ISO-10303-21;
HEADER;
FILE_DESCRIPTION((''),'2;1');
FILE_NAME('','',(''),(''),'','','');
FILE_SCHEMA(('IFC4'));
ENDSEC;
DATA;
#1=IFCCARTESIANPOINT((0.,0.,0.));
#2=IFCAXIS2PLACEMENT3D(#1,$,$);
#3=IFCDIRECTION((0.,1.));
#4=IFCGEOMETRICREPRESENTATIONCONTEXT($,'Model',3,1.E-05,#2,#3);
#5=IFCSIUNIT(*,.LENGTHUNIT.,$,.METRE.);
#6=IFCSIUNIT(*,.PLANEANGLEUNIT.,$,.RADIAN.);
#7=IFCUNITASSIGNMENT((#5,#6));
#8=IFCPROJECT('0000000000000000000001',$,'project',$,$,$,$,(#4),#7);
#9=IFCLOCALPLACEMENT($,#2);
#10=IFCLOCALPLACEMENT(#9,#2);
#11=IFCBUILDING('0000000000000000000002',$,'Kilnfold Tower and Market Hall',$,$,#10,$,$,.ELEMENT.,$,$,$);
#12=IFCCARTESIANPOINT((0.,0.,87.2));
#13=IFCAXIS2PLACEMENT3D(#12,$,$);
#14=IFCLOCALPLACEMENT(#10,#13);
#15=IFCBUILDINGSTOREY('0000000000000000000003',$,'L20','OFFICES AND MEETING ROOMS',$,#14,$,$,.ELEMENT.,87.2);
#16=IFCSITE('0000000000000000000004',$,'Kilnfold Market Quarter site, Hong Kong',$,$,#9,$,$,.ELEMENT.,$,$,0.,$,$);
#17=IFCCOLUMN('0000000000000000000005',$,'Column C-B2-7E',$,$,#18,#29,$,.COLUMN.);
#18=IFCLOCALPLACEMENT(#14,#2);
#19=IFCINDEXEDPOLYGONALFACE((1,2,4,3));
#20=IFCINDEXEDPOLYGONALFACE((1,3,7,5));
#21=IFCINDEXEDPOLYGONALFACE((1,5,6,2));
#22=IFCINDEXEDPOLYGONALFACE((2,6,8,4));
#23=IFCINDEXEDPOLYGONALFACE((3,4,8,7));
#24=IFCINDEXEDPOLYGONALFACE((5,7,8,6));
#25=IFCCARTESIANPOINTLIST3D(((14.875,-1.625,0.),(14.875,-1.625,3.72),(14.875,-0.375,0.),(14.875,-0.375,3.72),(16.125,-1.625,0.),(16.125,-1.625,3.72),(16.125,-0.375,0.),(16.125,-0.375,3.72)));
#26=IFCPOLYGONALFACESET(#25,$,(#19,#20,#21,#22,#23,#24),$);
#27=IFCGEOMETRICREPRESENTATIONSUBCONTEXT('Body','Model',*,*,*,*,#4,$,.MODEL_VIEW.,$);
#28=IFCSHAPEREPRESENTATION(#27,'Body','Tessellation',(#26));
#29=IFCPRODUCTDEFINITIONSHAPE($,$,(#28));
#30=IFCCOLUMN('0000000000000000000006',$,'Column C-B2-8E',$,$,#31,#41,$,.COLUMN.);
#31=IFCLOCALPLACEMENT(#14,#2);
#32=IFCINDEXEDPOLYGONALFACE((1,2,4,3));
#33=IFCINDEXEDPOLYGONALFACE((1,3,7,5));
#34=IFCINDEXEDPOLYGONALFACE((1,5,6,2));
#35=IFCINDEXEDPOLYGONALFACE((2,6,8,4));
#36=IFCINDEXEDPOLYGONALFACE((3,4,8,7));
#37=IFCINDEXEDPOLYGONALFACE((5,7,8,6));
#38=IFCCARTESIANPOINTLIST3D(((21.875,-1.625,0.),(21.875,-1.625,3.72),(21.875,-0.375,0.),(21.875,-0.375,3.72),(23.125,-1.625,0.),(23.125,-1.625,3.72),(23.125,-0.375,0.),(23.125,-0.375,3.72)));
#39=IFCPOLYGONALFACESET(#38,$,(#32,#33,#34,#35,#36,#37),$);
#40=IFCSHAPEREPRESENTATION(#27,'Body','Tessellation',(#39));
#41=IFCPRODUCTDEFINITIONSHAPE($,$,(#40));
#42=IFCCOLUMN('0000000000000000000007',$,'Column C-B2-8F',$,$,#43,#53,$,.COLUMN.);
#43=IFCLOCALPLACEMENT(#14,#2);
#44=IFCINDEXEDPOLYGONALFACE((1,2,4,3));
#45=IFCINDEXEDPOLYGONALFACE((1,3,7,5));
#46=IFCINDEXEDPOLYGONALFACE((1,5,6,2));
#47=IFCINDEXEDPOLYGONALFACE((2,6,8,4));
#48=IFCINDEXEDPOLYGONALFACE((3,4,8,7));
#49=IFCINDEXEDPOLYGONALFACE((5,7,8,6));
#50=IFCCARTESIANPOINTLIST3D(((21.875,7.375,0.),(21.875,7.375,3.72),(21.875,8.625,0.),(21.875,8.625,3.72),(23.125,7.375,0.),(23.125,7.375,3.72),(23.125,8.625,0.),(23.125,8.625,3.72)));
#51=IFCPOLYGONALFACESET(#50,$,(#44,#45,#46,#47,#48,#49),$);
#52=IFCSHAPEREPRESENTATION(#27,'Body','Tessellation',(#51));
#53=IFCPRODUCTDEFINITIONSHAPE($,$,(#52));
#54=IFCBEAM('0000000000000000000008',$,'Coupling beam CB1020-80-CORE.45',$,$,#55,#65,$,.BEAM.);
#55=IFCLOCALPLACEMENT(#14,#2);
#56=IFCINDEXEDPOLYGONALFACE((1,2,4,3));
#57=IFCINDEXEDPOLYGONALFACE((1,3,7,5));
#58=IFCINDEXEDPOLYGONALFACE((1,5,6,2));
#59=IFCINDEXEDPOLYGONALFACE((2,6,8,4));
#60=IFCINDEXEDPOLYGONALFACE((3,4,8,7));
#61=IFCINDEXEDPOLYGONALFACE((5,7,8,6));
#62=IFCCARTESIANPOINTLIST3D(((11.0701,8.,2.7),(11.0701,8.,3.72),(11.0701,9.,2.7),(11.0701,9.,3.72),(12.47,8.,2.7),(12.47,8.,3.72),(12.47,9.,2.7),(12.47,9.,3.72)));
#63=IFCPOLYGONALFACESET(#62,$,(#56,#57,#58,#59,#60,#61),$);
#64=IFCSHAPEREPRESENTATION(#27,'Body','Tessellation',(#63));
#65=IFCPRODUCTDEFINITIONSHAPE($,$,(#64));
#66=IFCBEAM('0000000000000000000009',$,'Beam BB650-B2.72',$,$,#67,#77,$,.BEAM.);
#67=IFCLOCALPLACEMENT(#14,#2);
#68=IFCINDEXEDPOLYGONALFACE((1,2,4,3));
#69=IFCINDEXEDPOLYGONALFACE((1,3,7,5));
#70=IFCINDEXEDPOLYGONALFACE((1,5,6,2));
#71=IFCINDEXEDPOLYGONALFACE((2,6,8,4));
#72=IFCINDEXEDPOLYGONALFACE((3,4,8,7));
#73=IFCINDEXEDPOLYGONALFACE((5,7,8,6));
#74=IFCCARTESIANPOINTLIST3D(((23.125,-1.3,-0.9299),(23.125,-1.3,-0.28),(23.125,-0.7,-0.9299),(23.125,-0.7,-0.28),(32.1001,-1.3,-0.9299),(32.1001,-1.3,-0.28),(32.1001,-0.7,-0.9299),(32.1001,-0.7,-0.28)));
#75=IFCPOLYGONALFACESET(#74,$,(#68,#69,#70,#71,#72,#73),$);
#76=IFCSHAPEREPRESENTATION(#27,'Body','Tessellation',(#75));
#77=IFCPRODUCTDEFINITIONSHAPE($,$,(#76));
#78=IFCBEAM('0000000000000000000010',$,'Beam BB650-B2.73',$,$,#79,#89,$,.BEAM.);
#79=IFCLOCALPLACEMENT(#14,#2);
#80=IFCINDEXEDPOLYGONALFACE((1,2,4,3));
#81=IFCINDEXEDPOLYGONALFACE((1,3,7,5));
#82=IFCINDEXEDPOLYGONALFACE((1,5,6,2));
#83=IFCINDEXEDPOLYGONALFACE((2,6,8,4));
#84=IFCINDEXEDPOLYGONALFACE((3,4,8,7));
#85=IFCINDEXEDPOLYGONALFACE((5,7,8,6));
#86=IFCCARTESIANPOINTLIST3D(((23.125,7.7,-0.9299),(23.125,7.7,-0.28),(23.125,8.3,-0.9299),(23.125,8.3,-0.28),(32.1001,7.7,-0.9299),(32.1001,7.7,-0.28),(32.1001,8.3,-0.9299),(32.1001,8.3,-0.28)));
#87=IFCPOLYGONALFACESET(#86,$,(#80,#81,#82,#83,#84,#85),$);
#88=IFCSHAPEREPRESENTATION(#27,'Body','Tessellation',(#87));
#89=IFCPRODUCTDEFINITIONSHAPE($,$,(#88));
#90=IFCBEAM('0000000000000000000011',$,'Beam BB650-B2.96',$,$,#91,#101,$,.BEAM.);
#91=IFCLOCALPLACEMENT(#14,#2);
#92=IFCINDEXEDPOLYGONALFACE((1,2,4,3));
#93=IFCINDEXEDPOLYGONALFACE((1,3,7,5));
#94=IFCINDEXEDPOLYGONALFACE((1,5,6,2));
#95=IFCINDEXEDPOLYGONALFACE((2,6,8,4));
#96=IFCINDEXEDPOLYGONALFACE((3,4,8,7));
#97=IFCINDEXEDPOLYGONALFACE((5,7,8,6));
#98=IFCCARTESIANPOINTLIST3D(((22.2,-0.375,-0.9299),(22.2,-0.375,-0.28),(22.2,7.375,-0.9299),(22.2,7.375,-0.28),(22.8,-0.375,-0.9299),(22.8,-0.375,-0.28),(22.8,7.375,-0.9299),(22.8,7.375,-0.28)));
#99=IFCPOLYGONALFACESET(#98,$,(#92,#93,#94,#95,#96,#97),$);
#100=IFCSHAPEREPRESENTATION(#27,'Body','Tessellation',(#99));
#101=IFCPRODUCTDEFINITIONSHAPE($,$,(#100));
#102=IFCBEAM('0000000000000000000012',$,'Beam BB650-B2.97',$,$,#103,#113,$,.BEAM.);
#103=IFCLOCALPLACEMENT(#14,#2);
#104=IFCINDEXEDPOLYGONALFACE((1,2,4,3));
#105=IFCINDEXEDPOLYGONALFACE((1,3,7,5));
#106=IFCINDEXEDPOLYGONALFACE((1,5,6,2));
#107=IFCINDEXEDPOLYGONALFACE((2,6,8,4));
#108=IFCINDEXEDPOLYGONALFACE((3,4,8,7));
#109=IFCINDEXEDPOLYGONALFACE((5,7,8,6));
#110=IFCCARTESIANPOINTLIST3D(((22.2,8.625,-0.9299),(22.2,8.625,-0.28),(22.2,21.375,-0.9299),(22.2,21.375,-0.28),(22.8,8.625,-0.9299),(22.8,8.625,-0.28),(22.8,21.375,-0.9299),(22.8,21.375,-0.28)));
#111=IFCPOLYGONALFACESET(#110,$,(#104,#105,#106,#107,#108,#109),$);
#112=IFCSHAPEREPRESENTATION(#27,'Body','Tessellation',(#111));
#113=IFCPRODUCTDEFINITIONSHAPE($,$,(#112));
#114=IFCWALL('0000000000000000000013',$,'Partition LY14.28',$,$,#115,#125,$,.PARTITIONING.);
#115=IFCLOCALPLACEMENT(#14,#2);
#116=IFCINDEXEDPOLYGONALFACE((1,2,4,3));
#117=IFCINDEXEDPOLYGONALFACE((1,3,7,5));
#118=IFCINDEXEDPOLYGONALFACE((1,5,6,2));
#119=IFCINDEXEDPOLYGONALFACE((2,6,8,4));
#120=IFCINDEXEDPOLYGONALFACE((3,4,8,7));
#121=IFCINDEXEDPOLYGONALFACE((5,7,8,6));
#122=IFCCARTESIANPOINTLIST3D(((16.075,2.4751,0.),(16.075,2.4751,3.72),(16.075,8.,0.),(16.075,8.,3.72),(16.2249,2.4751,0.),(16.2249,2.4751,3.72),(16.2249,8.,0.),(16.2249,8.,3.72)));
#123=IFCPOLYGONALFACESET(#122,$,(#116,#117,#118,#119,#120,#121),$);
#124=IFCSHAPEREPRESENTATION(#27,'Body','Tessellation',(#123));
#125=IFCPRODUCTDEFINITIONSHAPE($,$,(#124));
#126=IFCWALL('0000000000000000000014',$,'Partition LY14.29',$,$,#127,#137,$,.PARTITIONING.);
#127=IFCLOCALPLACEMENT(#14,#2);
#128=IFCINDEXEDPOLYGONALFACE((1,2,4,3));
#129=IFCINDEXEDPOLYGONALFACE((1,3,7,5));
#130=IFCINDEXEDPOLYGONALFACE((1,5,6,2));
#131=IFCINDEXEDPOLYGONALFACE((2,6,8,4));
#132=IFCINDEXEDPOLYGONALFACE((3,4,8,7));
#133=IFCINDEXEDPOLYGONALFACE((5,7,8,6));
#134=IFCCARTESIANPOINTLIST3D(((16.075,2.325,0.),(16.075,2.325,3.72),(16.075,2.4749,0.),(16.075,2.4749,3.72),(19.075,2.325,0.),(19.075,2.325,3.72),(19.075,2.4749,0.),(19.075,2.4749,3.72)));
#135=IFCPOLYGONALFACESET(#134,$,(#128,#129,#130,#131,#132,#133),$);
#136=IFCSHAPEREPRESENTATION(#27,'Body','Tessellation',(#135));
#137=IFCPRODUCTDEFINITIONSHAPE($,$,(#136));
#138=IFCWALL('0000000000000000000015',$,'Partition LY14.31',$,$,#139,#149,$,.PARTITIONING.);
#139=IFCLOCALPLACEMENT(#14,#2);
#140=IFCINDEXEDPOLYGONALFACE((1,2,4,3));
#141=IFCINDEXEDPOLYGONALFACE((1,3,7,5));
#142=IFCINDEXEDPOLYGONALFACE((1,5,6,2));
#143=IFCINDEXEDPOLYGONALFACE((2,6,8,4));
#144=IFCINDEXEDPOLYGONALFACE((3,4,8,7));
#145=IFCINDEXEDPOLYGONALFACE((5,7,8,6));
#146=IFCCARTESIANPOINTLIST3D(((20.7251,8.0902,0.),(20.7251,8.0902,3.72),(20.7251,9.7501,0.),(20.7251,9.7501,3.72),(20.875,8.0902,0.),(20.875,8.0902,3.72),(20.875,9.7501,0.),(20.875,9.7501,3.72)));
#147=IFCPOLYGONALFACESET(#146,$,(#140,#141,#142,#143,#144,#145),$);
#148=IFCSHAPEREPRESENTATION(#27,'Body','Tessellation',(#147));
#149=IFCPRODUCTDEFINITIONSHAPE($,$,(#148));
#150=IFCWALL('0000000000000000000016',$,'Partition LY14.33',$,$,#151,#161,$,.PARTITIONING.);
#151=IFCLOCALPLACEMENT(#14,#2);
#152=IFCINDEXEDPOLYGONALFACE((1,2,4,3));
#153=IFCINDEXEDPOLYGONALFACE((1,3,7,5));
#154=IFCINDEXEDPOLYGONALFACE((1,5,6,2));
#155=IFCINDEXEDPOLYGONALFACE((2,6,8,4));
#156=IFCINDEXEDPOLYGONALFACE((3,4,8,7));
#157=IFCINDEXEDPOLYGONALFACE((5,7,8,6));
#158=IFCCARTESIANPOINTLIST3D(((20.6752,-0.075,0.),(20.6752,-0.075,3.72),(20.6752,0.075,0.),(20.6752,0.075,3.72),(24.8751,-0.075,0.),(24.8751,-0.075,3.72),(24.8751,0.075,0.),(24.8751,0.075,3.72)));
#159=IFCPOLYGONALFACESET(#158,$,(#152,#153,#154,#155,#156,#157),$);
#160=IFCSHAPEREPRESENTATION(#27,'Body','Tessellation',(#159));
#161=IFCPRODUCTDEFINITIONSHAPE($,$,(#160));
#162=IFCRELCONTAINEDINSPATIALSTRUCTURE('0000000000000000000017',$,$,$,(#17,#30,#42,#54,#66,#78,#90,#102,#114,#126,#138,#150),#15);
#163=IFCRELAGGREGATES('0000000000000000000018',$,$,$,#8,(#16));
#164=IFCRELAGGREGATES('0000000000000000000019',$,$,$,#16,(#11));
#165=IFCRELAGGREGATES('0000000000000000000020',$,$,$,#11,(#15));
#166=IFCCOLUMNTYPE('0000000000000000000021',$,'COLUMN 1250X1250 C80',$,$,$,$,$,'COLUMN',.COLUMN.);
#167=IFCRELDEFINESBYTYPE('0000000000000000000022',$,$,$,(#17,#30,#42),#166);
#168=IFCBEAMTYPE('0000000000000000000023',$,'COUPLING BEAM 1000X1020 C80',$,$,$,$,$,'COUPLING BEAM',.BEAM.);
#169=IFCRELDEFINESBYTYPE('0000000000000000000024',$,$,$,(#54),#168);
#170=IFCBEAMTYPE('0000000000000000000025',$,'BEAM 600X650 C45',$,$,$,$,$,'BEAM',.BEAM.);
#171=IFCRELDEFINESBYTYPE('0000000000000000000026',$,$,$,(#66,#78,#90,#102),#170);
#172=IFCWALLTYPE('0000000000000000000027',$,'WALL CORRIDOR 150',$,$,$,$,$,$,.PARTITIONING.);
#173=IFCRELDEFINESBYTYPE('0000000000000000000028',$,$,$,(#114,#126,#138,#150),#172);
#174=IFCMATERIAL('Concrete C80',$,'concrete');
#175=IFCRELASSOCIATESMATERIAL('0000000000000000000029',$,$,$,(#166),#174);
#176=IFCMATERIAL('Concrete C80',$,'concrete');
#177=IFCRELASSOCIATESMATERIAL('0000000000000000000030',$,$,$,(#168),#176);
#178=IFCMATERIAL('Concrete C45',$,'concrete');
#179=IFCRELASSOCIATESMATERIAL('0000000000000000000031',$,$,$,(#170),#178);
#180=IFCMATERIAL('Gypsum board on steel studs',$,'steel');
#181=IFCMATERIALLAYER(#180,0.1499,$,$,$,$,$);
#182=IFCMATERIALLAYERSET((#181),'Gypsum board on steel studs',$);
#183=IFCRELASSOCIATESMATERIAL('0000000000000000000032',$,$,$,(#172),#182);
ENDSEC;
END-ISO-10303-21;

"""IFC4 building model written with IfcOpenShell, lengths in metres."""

from ifc_helpers import new_model, si_unit, direction, frame, frame_2d, origin, origin_2d, place, context, subcontext, project, spatial, rectangle, extrude, source, transform, mapped, material, layer, layer_set, material_profile, profile_set, type_object, element, save


model = new_model("IFC4")

# Units and contexts
model_context = context("Model", 3, precision=1e-05, world=origin(), true_north=direction((0.0, 1.0)))
body_context = subcontext(model_context, "Body", "Model", "MODEL_VIEW")
ifc_project = project(units=[si_unit("LENGTHUNIT", "METRE"), si_unit("PLANEANGLEUNIT", "RADIAN")], contexts=[model_context])

# Site, building, storey
site_placement = place(None, origin())
site = spatial("IfcSite", under=ifc_project, at=site_placement, Name="Kilnfold Market Quarter site, Hong Kong", CompositionType="ELEMENT", RefElevation=0.0)
building_placement = place(site_placement, origin())
building = spatial("IfcBuilding", under=site, at=building_placement, Name="Kilnfold Tower and Market Hall", CompositionType="ELEMENT")
storey_placement = place(building_placement, frame((0.0, 0.0, 87.2)))
storey = spatial("IfcBuildingStorey", under=building, at=storey_placement, Name="L20", Description="OFFICES AND MEETING ROOMS", CompositionType="ELEMENT", Elevation=87.2)

# Columns
ifc_material_1 = material(Name="Concrete C80", Category="concrete")
ifc_material_profile_1 = material_profile(ifc_material_1, rectangle(XDim=1.25, YDim=1.25, at=origin_2d()), Name="RC 1250x1250")
ifc_profile_set_1 = profile_set([ifc_material_profile_1], Name="Concrete C80")
column_type = type_object("IfcColumnType", Name="COLUMN 1250X1250 C80", ElementType="COLUMN", PredefinedType="COLUMN", material=ifc_profile_set_1)
shared_shape_1 = source(origin(), body_context, "Body", "SweptSolid", [
    extrude(rectangle(XDim=1.25, YDim=1.25, at=origin_2d()), origin(), (0.0, 0.0, 1.0), 3.72),
])
for number, where, z_axis, x_axis, name in (
    (1, (15.5, -1.0, 0.0), (0.0, 0.0, 1.0), (1.0, 0.0, 0.0), "Column C-B2-7E"),
    (2, (22.5, -1.0, 0.0), (0.0, 0.0, 1.0), (1.0, 0.0, 0.0), "Column C-B2-8E"),
    (3, (22.5, 8.0, 0.0), (0.0, 0.0, 1.0), (1.0, 0.0, 0.0), "Column C-B2-8F"),
):
    element("IfcColumn", number, at=place(storey_placement, frame(where, z_axis=z_axis, x_axis=x_axis)), inside=storey, type_object=column_type, Name=name, PredefinedType="COLUMN", context=body_context, shape_type="MappedRepresentation", body=[
        mapped(shared_shape_1, transform((0.0, 0.0, 0.0))),
    ])

# Beams
ifc_material_2 = material(Name="Concrete C80", Category="concrete")
ifc_material_profile_2 = material_profile(ifc_material_2, rectangle(XDim=1.0, YDim=1.02, at=origin_2d()), Name="RC 1000x1020")
ifc_profile_set_2 = profile_set([ifc_material_profile_2], Name="Concrete C80")
beam_type_1 = type_object("IfcBeamType", Name="COUPLING BEAM 1000X1020 C80", ElementType="COUPLING BEAM", PredefinedType="BEAM", material=ifc_profile_set_2)
shared_shape_2 = source(origin(), body_context, "Body", "SweptSolid", [
    extrude(rectangle(XDim=1.0, YDim=1.02, at=origin_2d()), origin(), (0.0, 0.0, 1.0), 1.3999),
])
beam_1_placement = place(storey_placement, frame((11.0701, 8.5, 3.21), z_axis=(1.0, 0.0, 0.0), x_axis=(0.0, 1.0, 0.0)))
element("IfcBeam", 4, at=beam_1_placement, inside=storey, type_object=beam_type_1, Name="Coupling beam CB1020-80-CORE.45", PredefinedType="BEAM", context=body_context, shape_type="MappedRepresentation", body=[
    mapped(shared_shape_2, transform((0.0, 0.0, 0.0))),
])
ifc_material_3 = material(Name="Concrete C45", Category="concrete")
ifc_material_profile_3 = material_profile(ifc_material_3, rectangle(XDim=0.6001, YDim=0.6499, at=origin_2d()), Name="RC 600x650")
ifc_profile_set_3 = profile_set([ifc_material_profile_3], Name="Concrete C45")
beam_type_2 = type_object("IfcBeamType", Name="BEAM 600X650 C45", ElementType="BEAM", PredefinedType="BEAM", material=ifc_profile_set_3)
shared_shape_3 = source(origin(), body_context, "Body", "SweptSolid", [
    extrude(rectangle(XDim=0.6001, YDim=0.6499, at=origin_2d()), origin(), (0.0, 0.0, 1.0), 8.9751),
])
for number, where, z_axis, x_axis, name in (
    (5, (23.125, -1.0, -0.605), (1.0, 0.0, 0.0), (0.0, 1.0, 0.0), "Beam BB650-B2.72"),
    (6, (23.125, 8.0, -0.605), (1.0, 0.0, 0.0), (0.0, 1.0, 0.0), "Beam BB650-B2.73"),
):
    element("IfcBeam", number, at=place(storey_placement, frame(where, z_axis=z_axis, x_axis=x_axis)), inside=storey, type_object=beam_type_2, Name=name, PredefinedType="BEAM", context=body_context, shape_type="MappedRepresentation", body=[
        mapped(shared_shape_3, transform((0.0, 0.0, 0.0))),
    ])
shared_shape_4 = source(origin(), body_context, "Body", "SweptSolid", [
    extrude(rectangle(XDim=0.6001, YDim=0.6499, at=origin_2d()), origin(), (0.0, 0.0, 1.0), 7.75),
])
beam_2_placement = place(storey_placement, frame((22.5, -0.375, -0.605), z_axis=(0.0, 1.0, 0.0), x_axis=(-1.0, 0.0, 0.0)))
element("IfcBeam", 7, at=beam_2_placement, inside=storey, type_object=beam_type_2, Name="Beam BB650-B2.96", PredefinedType="BEAM", context=body_context, shape_type="MappedRepresentation", body=[
    mapped(shared_shape_4, transform((0.0, 0.0, 0.0))),
])
shared_shape_5 = source(origin(), body_context, "Body", "SweptSolid", [
    extrude(rectangle(XDim=0.6001, YDim=0.6499, at=origin_2d()), origin(), (0.0, 0.0, 1.0), 12.75),
])
beam_3_placement = place(storey_placement, frame((22.5, 8.625, -0.605), z_axis=(0.0, 1.0, 0.0), x_axis=(-1.0, 0.0, 0.0)))
element("IfcBeam", 8, at=beam_3_placement, inside=storey, type_object=beam_type_2, Name="Beam BB650-B2.97", PredefinedType="BEAM", context=body_context, shape_type="MappedRepresentation", body=[
    mapped(shared_shape_5, transform((0.0, 0.0, 0.0))),
])

# Walls
ifc_material_4 = material(Name="Gypsum board on steel studs", Category="steel")
ifc_layer_1 = layer(ifc_material_4, 0.1499)
ifc_layer_set_1 = layer_set([ifc_layer_1], Name="Gypsum board on steel studs")
wall_type_1 = type_object("IfcWallType", Name="WALL CORRIDOR 150", PredefinedType="PARTITIONING", material=ifc_layer_set_1)
wall_1_placement = place(storey_placement, frame((16.1499, 2.4751, 0.0), z_axis=(0.0, 0.0, 1.0), x_axis=(0.0, 1.0, 0.0)))
element("IfcWall", 9, at=wall_1_placement, inside=storey, type_object=wall_type_1, Name="Partition LY14.28", PredefinedType="PARTITIONING", context=body_context, shape_type="SweptSolid", body=[
    extrude(rectangle(XDim=5.5249, YDim=0.1499, at=frame_2d((2.7625, 0.0))), origin(), (0.0, 0.0, 1.0), 3.72),
])
wall_2_placement = place(storey_placement, frame((16.075, 2.3999, 0.0), z_axis=(0.0, 0.0, 1.0), x_axis=(1.0, 0.0, 0.0)))
element("IfcWall", 10, at=wall_2_placement, inside=storey, type_object=wall_type_1, Name="Partition LY14.29", PredefinedType="PARTITIONING", context=body_context, shape_type="SweptSolid", body=[
    extrude(rectangle(XDim=3.0, YDim=0.1499, at=frame_2d((1.5, 0.0))), origin(), (0.0, 0.0, 1.0), 3.72),
])
wall_3_placement = place(storey_placement, frame((20.8, 8.0901, 0.0), z_axis=(0.0, 0.0, 1.0), x_axis=(0.0, 1.0, 0.0)))
element("IfcWall", 11, at=wall_3_placement, inside=storey, type_object=wall_type_1, Name="Partition LY14.31", PredefinedType="PARTITIONING", context=body_context, shape_type="SweptSolid", body=[
    extrude(rectangle(XDim=1.6599, YDim=0.1499, at=frame_2d((0.8301, 0.0))), origin(), (0.0, 0.0, 1.0), 3.72),
])
wall_4_placement = place(storey_placement, frame((20.675, 0.0, 0.0), z_axis=(0.0, 0.0, 1.0), x_axis=(1.0, 0.0, 0.0)))
element("IfcWall", 12, at=wall_4_placement, inside=storey, type_object=wall_type_1, Name="Partition LY14.33", PredefinedType="PARTITIONING", context=body_context, shape_type="SweptSolid", body=[
    extrude(rectangle(XDim=4.2, YDim=0.1499, at=frame_2d((2.1001, 0.0))), origin(), (0.0, 0.0, 1.0), 3.72),
])

save(model, "model.ifc")
